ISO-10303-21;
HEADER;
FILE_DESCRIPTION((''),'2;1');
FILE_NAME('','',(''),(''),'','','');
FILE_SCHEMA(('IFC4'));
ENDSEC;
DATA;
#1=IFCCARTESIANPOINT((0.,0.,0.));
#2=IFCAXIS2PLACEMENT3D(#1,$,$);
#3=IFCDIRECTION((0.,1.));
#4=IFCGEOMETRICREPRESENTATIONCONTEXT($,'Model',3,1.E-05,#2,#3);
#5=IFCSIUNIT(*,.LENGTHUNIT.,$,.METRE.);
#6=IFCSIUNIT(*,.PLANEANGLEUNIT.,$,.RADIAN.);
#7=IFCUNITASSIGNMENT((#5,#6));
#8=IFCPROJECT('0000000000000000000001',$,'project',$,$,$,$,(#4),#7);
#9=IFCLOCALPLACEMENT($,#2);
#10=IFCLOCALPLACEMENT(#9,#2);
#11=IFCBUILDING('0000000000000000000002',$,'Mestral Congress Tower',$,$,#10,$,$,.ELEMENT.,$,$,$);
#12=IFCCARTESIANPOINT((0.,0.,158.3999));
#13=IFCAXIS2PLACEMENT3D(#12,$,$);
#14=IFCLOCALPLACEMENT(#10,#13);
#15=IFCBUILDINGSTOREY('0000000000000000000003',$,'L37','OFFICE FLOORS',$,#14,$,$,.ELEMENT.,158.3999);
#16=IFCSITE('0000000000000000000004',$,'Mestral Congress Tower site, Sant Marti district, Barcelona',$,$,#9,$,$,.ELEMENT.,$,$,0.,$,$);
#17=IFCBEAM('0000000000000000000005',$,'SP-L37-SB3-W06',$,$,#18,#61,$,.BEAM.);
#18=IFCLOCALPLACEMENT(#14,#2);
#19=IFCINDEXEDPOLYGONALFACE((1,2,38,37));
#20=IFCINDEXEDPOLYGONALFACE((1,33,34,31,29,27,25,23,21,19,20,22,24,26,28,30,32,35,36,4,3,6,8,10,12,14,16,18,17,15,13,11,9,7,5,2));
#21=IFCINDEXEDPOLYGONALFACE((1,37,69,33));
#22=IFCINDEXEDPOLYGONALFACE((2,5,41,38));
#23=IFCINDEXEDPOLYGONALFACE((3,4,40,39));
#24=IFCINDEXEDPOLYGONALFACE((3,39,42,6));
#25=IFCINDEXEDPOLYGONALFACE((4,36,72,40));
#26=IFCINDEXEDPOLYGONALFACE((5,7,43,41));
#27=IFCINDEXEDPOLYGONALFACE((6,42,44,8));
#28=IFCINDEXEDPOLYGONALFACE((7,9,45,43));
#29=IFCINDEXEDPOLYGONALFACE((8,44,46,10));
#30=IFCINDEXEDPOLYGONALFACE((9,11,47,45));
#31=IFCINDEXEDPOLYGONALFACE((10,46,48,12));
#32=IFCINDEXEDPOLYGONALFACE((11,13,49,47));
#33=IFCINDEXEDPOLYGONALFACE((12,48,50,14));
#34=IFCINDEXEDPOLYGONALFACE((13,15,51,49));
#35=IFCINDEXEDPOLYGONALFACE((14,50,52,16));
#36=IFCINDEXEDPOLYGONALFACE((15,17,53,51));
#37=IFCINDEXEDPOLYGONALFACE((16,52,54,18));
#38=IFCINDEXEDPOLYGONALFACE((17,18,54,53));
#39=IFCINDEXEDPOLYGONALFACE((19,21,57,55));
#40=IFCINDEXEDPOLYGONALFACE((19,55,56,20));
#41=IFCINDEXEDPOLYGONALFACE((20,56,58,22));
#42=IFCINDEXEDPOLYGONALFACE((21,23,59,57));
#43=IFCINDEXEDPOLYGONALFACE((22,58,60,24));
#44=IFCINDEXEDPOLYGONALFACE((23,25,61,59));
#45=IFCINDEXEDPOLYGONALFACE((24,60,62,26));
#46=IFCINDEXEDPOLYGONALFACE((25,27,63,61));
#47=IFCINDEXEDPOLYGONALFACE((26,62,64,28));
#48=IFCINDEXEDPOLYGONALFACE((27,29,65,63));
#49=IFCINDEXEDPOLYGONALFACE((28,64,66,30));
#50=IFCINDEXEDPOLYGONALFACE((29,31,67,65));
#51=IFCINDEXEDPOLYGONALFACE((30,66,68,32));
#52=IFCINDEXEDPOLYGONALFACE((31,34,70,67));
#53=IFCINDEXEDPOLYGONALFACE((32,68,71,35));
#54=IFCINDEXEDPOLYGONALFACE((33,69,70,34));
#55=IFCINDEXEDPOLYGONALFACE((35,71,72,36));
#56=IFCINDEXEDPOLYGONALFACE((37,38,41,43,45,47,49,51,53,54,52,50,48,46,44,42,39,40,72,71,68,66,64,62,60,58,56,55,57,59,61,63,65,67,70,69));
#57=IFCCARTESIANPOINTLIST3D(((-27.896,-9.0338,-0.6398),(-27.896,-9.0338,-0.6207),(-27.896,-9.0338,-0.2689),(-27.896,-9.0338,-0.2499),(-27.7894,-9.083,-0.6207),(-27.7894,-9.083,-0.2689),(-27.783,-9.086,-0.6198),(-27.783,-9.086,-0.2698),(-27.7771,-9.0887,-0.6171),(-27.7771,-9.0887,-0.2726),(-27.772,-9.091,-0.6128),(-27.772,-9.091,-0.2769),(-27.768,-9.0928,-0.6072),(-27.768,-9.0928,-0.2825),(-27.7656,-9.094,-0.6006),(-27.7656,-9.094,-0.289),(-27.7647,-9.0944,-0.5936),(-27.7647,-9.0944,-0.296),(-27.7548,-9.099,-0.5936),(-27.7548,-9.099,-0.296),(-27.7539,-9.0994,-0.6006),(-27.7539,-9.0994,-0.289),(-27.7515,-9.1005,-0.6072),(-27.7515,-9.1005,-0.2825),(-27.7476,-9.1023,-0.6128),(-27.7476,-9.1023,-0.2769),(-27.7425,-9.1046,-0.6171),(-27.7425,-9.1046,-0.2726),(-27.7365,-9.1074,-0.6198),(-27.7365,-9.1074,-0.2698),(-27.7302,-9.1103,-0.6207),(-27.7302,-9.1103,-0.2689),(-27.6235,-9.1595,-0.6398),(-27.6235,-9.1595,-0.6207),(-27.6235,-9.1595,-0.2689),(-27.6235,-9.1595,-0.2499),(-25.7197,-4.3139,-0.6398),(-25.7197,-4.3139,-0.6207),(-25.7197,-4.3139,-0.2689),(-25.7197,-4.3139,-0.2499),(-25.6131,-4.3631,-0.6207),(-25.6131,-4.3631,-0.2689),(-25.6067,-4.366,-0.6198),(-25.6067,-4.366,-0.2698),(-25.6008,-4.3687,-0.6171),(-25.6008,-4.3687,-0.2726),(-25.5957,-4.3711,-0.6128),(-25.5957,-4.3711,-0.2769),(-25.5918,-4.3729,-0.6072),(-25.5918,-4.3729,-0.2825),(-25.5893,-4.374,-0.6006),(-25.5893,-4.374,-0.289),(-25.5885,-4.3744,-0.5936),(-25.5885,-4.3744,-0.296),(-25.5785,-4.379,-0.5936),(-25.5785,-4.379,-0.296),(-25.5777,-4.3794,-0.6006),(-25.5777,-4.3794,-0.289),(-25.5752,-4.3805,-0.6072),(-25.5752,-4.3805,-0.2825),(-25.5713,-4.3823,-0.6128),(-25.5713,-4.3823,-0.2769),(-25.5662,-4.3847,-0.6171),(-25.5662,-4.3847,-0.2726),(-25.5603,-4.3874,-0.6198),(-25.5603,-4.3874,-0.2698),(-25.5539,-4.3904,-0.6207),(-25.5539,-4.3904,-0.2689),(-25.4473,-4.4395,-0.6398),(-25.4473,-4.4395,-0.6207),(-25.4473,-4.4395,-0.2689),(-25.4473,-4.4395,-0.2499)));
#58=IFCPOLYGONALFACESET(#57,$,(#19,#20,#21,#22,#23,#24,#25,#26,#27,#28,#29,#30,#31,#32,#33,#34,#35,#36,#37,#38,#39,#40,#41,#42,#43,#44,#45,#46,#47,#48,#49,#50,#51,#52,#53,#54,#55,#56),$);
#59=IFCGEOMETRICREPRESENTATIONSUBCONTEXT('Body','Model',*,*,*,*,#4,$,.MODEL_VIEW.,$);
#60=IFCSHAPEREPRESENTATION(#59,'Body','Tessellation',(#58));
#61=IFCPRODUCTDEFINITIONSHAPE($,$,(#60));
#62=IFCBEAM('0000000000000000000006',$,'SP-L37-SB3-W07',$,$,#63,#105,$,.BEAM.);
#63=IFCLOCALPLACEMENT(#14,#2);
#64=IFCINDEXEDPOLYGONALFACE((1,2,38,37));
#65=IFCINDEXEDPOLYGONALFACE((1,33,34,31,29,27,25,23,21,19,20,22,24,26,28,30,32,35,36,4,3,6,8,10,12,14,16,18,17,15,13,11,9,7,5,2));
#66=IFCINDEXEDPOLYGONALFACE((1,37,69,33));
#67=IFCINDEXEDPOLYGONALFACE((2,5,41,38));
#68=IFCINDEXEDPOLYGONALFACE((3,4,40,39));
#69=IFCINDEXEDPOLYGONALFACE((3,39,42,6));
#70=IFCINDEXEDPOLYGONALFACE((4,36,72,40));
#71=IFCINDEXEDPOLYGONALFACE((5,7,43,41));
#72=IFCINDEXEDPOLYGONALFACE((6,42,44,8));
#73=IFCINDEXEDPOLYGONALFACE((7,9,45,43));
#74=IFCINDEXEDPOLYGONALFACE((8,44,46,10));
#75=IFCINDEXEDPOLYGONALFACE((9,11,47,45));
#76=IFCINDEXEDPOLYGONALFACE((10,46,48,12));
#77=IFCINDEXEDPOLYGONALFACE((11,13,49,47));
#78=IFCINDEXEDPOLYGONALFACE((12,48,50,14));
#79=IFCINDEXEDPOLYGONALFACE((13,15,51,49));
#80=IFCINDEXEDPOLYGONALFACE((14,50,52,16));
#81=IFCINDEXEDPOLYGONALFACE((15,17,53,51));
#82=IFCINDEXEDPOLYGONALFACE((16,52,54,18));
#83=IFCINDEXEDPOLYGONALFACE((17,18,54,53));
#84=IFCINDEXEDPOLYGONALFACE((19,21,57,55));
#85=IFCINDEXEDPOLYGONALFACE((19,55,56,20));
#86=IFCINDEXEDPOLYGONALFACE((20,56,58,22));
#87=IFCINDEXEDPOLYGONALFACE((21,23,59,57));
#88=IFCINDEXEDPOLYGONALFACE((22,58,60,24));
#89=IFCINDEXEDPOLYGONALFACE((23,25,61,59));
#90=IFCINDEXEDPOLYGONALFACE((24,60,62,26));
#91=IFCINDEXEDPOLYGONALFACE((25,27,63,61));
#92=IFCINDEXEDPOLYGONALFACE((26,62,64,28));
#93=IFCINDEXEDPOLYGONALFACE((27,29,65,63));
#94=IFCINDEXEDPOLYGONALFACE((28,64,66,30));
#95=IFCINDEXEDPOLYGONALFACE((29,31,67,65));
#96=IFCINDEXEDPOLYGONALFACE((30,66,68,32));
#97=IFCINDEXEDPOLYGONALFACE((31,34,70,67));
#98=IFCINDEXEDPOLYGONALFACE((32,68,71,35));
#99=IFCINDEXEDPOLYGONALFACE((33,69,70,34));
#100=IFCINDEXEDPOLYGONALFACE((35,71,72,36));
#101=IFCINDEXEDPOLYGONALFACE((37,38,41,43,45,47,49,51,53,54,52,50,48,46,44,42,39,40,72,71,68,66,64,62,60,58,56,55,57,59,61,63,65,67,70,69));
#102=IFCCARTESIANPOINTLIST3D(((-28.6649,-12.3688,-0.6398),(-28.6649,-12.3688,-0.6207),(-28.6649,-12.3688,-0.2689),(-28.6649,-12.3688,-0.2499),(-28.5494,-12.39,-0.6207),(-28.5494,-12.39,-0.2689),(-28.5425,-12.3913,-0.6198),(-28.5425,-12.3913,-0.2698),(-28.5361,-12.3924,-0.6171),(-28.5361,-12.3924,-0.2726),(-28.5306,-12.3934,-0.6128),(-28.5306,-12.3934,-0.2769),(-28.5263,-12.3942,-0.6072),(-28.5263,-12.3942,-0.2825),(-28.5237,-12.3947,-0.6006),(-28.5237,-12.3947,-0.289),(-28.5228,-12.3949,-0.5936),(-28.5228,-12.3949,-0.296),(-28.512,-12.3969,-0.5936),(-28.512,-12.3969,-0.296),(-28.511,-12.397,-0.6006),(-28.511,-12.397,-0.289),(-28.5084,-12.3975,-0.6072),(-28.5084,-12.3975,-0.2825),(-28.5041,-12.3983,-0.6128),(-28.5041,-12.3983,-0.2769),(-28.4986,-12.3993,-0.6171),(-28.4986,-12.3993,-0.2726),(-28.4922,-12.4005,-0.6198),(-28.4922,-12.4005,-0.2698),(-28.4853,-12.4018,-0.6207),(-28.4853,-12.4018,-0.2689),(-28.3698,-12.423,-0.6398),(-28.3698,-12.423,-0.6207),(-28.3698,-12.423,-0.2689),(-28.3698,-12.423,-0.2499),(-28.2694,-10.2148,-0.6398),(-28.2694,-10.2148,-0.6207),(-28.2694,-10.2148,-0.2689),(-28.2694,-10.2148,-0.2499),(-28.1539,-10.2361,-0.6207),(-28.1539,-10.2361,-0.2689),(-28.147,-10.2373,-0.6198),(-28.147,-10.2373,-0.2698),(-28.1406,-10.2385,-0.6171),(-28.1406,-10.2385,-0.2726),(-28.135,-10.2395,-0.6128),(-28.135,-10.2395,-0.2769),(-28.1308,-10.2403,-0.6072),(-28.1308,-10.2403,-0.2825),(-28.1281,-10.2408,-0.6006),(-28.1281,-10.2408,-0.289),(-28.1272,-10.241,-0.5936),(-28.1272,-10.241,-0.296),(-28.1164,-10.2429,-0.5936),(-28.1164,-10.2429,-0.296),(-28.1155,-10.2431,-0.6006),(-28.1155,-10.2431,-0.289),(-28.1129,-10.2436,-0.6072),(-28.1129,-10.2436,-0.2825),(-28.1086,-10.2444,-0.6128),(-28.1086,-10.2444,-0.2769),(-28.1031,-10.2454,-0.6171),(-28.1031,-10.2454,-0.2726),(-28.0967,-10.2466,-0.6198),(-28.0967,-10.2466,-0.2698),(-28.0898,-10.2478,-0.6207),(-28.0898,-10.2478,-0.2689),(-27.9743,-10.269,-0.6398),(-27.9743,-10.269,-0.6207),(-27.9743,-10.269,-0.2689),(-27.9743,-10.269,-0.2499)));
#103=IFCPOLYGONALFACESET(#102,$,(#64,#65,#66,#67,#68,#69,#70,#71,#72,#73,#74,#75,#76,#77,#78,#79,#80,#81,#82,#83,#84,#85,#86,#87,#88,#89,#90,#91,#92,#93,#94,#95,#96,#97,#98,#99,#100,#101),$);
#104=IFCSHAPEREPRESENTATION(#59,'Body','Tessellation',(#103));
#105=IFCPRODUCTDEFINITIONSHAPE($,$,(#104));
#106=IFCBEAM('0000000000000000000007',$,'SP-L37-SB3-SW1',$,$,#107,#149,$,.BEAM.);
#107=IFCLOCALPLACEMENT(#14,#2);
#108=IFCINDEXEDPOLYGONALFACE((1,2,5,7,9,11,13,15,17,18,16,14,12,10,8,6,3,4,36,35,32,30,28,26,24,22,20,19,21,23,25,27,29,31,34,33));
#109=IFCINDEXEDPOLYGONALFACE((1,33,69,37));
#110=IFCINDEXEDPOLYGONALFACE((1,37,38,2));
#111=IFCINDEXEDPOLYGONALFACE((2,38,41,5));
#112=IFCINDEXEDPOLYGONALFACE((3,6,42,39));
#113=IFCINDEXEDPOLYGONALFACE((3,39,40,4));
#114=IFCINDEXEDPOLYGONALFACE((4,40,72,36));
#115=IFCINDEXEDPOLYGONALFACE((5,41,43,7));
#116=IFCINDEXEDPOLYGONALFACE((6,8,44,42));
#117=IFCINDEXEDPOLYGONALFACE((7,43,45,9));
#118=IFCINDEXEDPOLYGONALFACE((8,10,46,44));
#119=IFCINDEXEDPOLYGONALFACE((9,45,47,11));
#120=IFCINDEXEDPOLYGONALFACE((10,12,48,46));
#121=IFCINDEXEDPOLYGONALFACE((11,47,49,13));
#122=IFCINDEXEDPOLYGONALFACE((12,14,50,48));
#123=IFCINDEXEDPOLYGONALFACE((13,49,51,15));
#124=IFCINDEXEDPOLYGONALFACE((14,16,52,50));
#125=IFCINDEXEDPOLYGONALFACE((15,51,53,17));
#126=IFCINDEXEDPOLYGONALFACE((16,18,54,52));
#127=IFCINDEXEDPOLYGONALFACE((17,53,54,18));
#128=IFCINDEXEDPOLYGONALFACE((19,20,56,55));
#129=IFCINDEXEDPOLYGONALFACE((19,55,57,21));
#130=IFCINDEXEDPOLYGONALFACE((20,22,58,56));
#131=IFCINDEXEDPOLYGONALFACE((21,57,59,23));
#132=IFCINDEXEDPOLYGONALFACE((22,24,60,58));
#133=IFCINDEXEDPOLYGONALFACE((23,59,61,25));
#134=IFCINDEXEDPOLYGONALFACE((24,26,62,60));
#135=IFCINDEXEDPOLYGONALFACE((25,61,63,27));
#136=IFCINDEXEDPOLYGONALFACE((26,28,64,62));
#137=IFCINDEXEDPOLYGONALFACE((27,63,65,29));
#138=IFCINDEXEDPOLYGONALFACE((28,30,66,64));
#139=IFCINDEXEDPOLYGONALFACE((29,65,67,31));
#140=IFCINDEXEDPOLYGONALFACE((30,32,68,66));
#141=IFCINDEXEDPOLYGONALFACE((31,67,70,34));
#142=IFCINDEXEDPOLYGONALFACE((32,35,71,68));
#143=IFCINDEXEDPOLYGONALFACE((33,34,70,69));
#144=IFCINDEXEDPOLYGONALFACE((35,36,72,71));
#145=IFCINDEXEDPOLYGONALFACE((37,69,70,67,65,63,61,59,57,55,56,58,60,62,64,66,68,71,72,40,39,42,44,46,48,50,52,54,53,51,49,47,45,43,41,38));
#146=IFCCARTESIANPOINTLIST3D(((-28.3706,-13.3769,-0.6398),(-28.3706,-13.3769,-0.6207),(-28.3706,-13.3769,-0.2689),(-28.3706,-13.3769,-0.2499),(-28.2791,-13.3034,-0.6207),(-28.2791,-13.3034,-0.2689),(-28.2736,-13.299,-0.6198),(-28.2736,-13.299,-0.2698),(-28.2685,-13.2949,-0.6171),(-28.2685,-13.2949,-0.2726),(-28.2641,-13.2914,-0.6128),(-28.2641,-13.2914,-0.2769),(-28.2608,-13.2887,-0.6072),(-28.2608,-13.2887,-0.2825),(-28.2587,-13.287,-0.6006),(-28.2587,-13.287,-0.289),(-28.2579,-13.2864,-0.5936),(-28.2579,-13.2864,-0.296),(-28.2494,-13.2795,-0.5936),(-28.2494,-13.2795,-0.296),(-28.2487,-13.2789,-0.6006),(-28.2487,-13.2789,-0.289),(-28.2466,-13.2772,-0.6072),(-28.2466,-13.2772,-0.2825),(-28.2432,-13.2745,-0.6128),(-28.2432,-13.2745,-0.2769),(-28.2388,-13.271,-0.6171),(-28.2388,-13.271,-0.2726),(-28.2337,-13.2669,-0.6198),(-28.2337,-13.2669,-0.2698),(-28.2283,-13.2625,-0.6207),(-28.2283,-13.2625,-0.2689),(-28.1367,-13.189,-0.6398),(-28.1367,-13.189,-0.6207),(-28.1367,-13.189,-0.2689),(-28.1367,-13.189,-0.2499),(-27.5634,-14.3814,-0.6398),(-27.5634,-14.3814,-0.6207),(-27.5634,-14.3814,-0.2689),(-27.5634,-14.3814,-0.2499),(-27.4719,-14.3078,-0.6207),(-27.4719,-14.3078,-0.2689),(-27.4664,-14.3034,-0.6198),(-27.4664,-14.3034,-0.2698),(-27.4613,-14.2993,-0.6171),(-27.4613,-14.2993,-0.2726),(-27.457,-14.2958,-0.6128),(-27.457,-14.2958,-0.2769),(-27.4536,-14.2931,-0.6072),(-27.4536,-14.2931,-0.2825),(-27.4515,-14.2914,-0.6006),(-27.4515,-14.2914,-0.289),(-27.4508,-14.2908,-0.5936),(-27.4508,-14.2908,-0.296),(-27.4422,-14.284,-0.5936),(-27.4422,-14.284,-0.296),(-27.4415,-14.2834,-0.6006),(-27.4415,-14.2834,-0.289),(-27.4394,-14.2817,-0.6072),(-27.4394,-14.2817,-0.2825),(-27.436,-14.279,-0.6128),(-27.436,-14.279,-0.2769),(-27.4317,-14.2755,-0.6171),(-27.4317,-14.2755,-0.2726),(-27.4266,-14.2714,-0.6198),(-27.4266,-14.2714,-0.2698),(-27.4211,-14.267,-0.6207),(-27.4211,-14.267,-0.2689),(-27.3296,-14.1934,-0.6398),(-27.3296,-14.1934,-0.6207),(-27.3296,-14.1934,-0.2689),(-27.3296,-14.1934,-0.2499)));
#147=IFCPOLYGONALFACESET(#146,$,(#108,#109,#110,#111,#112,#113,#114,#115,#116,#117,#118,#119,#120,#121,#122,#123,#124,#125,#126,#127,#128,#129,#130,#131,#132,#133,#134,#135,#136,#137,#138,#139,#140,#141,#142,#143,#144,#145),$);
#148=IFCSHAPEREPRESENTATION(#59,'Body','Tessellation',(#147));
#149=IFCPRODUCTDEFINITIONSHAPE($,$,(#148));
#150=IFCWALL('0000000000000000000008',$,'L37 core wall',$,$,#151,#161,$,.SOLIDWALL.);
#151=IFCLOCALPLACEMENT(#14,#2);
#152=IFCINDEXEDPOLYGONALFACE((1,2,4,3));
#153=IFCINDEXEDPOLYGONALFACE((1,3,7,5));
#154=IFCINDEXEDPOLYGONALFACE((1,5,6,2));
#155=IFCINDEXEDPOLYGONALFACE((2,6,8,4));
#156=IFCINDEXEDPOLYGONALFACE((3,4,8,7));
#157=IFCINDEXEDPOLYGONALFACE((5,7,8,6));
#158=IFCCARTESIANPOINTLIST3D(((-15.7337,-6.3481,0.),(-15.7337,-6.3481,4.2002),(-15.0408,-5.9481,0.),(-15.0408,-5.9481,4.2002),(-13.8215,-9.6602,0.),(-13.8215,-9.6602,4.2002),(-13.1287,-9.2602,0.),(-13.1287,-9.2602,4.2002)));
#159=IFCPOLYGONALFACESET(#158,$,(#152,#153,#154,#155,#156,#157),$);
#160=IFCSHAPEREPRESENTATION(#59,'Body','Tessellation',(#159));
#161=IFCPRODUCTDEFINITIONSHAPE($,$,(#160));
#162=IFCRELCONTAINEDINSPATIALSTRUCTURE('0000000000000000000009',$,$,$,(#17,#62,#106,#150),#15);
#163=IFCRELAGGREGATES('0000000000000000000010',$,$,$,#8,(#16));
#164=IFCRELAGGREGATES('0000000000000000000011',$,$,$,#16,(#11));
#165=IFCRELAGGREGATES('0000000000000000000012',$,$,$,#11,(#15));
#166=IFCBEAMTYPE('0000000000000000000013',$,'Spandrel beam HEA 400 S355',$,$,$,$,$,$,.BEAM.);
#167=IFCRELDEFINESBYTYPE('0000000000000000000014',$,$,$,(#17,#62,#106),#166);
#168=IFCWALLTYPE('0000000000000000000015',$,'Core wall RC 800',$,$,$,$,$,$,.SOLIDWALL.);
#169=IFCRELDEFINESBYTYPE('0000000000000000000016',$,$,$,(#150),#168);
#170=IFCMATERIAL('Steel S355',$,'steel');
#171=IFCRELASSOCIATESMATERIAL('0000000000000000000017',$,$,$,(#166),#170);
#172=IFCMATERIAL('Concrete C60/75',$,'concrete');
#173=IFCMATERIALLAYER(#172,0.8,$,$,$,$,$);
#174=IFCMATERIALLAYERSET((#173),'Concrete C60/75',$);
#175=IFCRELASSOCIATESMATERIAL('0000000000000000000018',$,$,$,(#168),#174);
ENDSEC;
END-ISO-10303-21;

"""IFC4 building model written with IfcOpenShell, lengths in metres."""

from ifc_helpers import new_model, si_unit, direction, frame, frame_2d, origin, origin_2d, place, context, subcontext, project, spatial, rectangle, i_section, extrude, material, layer, layer_set, material_profile, profile_set, type_object, element, save


model = new_model("IFC4")

# Units and contexts
model_context = context("Model", 3, precision=1e-05, world=origin(), true_north=direction((0.0, 1.0)))
body_context = subcontext(model_context, "Body", "Model", "MODEL_VIEW")
ifc_project = project(units=[si_unit("LENGTHUNIT", "METRE"), si_unit("PLANEANGLEUNIT", "RADIAN")], contexts=[model_context])

# Site, building, storey
site_placement = place(None, origin())
site = spatial("IfcSite", under=ifc_project, at=site_placement, Name="Mestral Congress Tower site, Sant Marti district, Barcelona", CompositionType="ELEMENT", RefElevation=0.0)
building_placement = place(site_placement, origin())
building = spatial("IfcBuilding", under=site, at=building_placement, Name="Mestral Congress Tower", CompositionType="ELEMENT")
storey_placement = place(building_placement, frame((0.0, 0.0, 158.3999)))
storey = spatial("IfcBuildingStorey", under=building, at=storey_placement, Name="L37", Description="OFFICE FLOORS", CompositionType="ELEMENT", Elevation=158.3999)

# Shared definitions
ifc_material_1 = material(Name="Concrete C60/75", Category="concrete")

# Beams
ifc_material_2 = material(Name="Steel S355", Category="steel")
ifc_material_profile_1 = material_profile(ifc_material_2, i_section(OverallWidth=0.3, OverallDepth=0.3899, WebThickness=0.011, FlangeThickness=0.019, FilletRadius=0.0271, at=origin_2d()), Name="HEA 400")
ifc_profile_set_1 = profile_set([ifc_material_profile_1], Name="Steel S355")
beam_type_1 = type_object("IfcBeamType", Name="Spandrel beam HEA 400 S355", PredefinedType="BEAM", material=ifc_profile_set_1)
beam_1_placement = place(storey_placement, frame((-25.5835, -4.3767, -0.4448), z_axis=(-0.418713, -0.908119, 0.0), x_axis=(0.908119, -0.418713, 0.0)))
element("IfcBeam", 1, at=beam_1_placement, inside=storey, type_object=beam_type_1, Name="SP-L37-SB3-W06", PredefinedType="BEAM", context=body_context, shape_type="SweptSolid", body=[
    extrude(i_section(OverallWidth=0.3, OverallDepth=0.3899, WebThickness=0.011, FlangeThickness=0.019, FilletRadius=0.0271, at=origin_2d()), origin(), (0.0, 0.0, 1.0), 5.1975),
])
beam_2_placement = place(storey_placement, frame((-28.1218, -10.2419, -0.4448), z_axis=(-0.180612, -0.983554, 0.0), x_axis=(0.983554, -0.180612, 0.0)))
element("IfcBeam", 2, at=beam_2_placement, inside=storey, type_object=beam_type_1, Name="SP-L37-SB3-W07", PredefinedType="BEAM", context=body_context, shape_type="SweptSolid", body=[
    extrude(i_section(OverallWidth=0.3, OverallDepth=0.3899, WebThickness=0.011, FlangeThickness=0.019, FilletRadius=0.0271, at=origin_2d()), origin(), (0.0, 0.0, 1.0), 2.1899),
])
beam_3_placement = place(storey_placement, frame((-28.2537, -13.283, -0.4448), z_axis=(0.626403, -0.779499, 0.0), x_axis=(0.779499, 0.626403, 0.0)))
element("IfcBeam", 3, at=beam_3_placement, inside=storey, type_object=beam_type_1, Name="SP-L37-SB3-SW1", PredefinedType="BEAM", context=body_context, shape_type="SweptSolid", body=[
    extrude(i_section(OverallWidth=0.3, OverallDepth=0.3899, WebThickness=0.011, FlangeThickness=0.019, FilletRadius=0.0271, at=origin_2d()), origin(), (0.0, 0.0, 1.0), 1.2886),
])

# Wall
ifc_layer_1 = layer(ifc_material_1, 0.8)
ifc_layer_set_1 = layer_set([ifc_layer_1], Name="Concrete C60/75")
wall_type_1 = type_object("IfcWallType", Name="Core wall RC 800", PredefinedType="SOLIDWALL", material=ifc_layer_set_1)
wall_1_placement = place(storey_placement, frame((-15.3872, -6.1482, 0.0), z_axis=(0.0, 0.0, 1.0), x_axis=(0.499984, -0.866035, 0.0)))
element("IfcWall", 4, at=wall_1_placement, inside=storey, type_object=wall_type_1, Name="L37 core wall", PredefinedType="SOLIDWALL", context=body_context, shape_type="SweptSolid", body=[
    extrude(rectangle(XDim=3.8245, YDim=0.8, at=frame_2d((1.9121, 0.0))), origin(), (0.0, 0.0, 1.0), 4.2002),
])

save(model, "model.ifc")
